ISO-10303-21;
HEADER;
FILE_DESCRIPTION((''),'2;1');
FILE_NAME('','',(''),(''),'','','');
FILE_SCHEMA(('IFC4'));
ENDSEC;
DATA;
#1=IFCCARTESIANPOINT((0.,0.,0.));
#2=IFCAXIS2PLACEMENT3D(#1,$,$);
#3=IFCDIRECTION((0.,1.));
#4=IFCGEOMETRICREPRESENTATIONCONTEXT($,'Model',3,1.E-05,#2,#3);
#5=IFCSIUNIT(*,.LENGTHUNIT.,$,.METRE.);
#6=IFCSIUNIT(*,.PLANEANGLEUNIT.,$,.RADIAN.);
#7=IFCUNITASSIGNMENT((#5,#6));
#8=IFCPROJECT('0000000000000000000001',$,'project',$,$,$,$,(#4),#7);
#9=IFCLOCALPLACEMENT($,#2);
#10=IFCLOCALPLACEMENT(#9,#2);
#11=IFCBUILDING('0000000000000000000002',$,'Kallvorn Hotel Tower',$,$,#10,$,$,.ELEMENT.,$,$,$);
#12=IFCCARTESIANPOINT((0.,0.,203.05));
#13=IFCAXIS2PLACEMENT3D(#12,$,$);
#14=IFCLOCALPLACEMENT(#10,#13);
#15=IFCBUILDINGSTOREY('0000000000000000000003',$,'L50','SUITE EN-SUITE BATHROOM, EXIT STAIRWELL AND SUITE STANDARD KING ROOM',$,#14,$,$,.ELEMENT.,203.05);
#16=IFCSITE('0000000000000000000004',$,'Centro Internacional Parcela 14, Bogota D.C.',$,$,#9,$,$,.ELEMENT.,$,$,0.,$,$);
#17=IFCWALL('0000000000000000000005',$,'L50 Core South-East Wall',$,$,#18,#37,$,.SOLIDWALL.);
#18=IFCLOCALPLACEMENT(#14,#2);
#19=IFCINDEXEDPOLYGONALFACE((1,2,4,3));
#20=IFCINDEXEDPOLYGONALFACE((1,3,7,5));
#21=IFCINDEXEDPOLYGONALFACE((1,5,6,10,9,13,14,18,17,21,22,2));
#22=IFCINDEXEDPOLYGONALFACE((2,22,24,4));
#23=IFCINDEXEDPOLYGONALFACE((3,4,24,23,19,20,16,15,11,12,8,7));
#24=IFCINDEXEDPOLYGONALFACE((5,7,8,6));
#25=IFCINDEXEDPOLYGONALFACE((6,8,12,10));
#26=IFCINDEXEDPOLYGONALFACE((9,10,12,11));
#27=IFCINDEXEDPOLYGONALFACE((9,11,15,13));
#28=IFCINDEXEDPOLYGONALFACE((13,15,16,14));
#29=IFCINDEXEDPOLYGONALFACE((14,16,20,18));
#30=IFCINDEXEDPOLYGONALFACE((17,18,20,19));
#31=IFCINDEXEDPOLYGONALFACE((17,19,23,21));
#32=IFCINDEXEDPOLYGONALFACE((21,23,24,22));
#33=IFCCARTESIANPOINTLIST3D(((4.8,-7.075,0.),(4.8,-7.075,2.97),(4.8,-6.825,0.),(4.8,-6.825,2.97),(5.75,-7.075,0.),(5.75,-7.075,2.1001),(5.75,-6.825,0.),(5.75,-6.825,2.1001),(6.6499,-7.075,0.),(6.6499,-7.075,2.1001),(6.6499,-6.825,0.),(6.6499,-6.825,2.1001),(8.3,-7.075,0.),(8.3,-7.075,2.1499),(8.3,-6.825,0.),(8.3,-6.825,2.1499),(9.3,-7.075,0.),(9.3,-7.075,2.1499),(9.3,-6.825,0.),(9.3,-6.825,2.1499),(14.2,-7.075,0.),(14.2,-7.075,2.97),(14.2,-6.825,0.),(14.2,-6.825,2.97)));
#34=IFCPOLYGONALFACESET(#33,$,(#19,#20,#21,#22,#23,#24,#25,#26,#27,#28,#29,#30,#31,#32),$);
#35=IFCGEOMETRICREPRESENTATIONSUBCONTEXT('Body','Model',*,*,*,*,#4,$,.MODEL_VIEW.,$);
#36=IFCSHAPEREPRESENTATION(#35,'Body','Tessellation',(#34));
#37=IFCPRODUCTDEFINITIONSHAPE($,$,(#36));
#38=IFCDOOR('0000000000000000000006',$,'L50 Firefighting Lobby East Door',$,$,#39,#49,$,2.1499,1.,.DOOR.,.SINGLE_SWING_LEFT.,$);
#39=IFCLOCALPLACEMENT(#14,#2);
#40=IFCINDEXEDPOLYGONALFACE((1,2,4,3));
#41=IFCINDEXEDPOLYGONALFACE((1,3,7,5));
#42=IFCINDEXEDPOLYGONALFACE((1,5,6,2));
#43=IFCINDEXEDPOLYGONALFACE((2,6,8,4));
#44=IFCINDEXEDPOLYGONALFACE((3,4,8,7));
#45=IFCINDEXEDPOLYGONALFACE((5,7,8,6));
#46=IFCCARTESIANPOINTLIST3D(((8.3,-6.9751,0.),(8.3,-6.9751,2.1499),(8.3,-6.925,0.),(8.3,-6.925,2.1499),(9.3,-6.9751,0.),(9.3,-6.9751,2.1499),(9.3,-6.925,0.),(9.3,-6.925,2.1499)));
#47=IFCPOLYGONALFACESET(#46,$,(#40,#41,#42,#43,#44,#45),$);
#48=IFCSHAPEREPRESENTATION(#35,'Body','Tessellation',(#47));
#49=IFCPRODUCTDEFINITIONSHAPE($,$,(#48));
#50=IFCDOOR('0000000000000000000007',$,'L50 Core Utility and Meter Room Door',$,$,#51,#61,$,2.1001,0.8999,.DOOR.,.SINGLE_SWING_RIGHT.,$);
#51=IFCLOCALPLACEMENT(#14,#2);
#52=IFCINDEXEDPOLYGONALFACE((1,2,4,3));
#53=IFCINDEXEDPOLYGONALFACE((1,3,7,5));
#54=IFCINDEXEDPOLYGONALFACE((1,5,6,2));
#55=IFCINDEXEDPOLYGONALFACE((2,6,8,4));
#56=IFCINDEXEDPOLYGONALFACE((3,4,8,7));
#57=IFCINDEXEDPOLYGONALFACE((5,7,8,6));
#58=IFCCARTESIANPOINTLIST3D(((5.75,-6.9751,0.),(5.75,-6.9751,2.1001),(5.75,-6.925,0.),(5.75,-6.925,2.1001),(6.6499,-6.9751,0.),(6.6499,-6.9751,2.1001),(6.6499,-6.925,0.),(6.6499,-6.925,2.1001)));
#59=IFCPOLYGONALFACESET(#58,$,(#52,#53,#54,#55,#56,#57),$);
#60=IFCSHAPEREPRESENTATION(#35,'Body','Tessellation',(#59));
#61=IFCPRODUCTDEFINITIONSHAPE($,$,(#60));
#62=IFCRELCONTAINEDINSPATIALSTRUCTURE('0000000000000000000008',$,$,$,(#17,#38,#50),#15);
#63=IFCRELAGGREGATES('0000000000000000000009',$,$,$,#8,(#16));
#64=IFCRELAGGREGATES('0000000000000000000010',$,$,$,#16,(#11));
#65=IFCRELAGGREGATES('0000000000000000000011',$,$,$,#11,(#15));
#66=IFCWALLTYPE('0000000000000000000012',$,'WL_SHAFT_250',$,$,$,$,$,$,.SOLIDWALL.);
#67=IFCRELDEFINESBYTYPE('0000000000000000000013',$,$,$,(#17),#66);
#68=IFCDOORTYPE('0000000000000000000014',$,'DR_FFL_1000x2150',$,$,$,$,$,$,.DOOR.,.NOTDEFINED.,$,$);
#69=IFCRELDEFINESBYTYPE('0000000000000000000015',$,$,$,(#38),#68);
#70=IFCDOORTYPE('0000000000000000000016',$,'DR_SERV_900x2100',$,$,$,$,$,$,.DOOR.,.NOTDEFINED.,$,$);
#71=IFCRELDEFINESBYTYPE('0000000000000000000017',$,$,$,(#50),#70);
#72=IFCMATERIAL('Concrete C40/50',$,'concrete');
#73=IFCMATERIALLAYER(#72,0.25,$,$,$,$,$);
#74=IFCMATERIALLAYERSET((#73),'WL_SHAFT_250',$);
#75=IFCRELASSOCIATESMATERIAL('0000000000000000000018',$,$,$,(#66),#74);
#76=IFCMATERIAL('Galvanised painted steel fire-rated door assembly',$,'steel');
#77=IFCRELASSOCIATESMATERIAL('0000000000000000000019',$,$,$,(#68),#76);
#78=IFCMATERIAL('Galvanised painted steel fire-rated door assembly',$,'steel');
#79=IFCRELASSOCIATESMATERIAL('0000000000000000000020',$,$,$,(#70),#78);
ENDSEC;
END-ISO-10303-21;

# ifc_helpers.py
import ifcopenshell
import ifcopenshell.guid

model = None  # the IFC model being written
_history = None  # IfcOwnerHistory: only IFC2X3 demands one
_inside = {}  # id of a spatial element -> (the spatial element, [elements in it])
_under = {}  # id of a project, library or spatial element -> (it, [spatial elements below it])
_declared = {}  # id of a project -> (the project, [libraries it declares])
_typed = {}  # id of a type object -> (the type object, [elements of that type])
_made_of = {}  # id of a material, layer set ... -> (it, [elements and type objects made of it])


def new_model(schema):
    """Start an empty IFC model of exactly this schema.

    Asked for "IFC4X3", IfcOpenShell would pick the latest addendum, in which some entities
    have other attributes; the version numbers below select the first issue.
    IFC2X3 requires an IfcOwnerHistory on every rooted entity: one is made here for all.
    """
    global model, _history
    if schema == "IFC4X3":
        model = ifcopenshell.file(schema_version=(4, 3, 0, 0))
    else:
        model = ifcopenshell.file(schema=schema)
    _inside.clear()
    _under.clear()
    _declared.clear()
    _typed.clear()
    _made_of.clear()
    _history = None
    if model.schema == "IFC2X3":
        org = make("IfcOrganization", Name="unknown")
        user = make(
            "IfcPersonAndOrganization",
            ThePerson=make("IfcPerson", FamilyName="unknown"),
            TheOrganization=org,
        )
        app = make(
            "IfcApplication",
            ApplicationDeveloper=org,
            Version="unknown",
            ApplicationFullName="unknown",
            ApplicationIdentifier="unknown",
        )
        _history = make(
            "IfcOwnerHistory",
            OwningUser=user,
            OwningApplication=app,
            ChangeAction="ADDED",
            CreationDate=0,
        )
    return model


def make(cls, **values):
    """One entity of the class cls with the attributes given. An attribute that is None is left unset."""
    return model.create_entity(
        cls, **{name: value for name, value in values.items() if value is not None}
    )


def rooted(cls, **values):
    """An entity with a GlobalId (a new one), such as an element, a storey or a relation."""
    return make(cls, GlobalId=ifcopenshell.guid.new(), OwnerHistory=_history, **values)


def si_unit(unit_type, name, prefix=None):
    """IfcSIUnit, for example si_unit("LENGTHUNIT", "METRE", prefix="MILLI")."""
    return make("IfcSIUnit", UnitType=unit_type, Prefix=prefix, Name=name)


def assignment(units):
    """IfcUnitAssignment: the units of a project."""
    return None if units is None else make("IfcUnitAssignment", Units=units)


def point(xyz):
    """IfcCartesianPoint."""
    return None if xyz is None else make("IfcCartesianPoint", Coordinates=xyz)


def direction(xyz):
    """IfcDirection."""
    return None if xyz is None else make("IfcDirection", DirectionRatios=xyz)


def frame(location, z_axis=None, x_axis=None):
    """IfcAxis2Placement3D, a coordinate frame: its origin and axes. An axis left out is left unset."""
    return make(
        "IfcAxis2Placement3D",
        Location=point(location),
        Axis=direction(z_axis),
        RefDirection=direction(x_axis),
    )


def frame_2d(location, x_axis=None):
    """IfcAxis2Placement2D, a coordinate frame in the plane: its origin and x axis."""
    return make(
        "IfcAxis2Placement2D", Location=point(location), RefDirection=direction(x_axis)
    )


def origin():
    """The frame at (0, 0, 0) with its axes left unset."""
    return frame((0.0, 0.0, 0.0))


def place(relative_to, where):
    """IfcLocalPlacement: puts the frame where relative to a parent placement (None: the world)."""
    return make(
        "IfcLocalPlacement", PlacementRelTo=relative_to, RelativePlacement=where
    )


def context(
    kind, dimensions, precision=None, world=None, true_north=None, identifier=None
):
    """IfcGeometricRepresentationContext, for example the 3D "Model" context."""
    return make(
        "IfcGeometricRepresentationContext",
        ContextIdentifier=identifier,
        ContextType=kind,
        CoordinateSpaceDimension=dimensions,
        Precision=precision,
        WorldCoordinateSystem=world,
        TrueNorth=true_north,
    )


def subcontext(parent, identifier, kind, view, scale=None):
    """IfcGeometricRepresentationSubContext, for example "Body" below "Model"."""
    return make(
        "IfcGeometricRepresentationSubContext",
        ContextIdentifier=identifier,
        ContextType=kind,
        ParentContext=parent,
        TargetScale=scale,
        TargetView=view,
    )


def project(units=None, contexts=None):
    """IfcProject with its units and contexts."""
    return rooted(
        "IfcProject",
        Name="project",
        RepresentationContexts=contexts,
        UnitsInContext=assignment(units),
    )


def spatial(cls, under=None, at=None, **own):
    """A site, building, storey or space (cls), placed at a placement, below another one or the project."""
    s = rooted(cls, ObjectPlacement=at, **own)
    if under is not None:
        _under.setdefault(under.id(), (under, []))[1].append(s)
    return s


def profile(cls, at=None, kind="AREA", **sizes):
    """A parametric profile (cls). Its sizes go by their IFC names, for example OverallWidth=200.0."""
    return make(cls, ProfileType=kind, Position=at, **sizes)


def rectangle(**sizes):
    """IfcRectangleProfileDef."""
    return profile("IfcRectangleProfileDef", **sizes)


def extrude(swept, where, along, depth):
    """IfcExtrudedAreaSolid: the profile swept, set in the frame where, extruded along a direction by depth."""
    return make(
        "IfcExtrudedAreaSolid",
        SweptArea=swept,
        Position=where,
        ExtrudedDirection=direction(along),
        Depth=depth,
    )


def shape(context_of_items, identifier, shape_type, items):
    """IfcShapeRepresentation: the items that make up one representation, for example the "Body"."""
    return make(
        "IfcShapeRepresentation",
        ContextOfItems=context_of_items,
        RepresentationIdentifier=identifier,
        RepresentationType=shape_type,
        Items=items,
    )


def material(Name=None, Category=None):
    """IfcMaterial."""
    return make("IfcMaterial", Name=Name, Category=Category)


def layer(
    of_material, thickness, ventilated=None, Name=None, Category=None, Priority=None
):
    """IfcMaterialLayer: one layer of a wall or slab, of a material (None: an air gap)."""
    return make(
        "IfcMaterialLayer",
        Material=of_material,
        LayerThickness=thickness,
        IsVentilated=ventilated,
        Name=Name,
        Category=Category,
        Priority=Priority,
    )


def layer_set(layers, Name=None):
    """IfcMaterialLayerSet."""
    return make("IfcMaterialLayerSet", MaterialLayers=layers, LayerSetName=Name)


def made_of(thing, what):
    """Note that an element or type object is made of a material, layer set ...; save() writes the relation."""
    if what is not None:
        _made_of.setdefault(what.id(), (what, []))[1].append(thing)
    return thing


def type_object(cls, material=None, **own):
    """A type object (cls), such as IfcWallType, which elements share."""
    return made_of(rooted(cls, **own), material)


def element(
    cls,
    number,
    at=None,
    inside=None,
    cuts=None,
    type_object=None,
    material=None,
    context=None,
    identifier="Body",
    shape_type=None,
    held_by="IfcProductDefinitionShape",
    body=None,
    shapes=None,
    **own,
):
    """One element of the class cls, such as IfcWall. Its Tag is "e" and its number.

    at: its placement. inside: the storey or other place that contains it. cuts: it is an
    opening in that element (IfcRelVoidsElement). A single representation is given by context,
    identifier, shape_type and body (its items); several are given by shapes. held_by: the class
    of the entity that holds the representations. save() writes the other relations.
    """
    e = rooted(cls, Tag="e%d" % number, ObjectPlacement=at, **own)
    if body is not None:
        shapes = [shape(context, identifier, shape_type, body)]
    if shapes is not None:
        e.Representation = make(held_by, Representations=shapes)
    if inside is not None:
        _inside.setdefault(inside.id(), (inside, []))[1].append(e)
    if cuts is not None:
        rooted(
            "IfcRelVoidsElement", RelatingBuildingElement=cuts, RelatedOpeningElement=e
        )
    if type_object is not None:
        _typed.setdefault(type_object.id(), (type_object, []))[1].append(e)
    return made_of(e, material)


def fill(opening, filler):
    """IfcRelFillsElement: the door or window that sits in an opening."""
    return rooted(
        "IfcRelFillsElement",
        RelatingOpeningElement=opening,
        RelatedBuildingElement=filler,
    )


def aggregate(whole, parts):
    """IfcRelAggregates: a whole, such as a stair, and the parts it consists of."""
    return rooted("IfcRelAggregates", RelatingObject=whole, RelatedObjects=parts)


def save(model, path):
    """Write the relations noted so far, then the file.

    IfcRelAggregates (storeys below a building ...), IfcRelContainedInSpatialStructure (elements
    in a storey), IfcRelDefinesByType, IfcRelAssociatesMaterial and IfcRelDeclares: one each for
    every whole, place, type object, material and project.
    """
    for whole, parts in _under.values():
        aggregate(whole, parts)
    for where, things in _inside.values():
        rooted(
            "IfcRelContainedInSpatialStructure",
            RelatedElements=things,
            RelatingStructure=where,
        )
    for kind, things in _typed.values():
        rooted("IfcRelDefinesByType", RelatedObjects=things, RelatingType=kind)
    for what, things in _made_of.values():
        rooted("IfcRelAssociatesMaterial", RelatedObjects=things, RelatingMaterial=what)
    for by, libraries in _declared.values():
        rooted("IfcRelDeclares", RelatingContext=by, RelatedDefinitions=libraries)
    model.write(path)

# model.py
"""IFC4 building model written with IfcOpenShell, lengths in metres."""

from ifc_helpers import new_model, si_unit, direction, frame, frame_2d, origin, place, context, subcontext, project, spatial, rectangle, extrude, material, layer, layer_set, type_object, element, fill, save


model = new_model("IFC4")

# Units and contexts
model_context = context("Model", 3, precision=1e-05, world=origin(), true_north=direction((0.0, 1.0)))
body_context = subcontext(model_context, "Body", "Model", "MODEL_VIEW")
ifc_project = project(units=[si_unit("LENGTHUNIT", "METRE"), si_unit("PLANEANGLEUNIT", "RADIAN")], contexts=[model_context])

# Site, building, storey
site_placement = place(None, origin())
site = spatial("IfcSite", under=ifc_project, at=site_placement, Name="Centro Internacional Parcela 14, Bogota D.C.", CompositionType="ELEMENT", RefElevation=0.0)
building_placement = place(site_placement, origin())
building = spatial("IfcBuilding", under=site, at=building_placement, Name="Kallvorn Hotel Tower", CompositionType="ELEMENT")
storey_placement = place(building_placement, frame((0.0, 0.0, 203.05)))
storey = spatial("IfcBuildingStorey", under=building, at=storey_placement, Name="L50", Description="SUITE EN-SUITE BATHROOM, EXIT STAIRWELL AND SUITE STANDARD KING ROOM", CompositionType="ELEMENT", Elevation=203.05)

# Wall, openings, doors
ifc_material_1 = material(Name="Concrete C40/50", Category="concrete")
ifc_layer_1 = layer(ifc_material_1, 0.25)
ifc_layer_set_1 = layer_set([ifc_layer_1], Name="WL_SHAFT_250")
wall_type_1 = type_object("IfcWallType", Name="WL_SHAFT_250", PredefinedType="SOLIDWALL", material=ifc_layer_set_1)
wall_1_placement = place(storey_placement, frame((4.8, -6.95, 0.0), z_axis=(0.0, 0.0, 1.0), x_axis=(1.0, 0.0, 0.0)))
wall_1 = element("IfcWall", 1, at=wall_1_placement, inside=storey, type_object=wall_type_1, Name="L50 Core South-East Wall", PredefinedType="SOLIDWALL", context=body_context, shape_type="SweptSolid", body=[
    extrude(rectangle(XDim=9.3999, YDim=0.25, at=frame_2d((4.7, 0.0))), origin(), (0.0, 0.0, 1.0), 2.97),
])
opening_1_placement = place(wall_1_placement, frame((3.5, 0.0, 0.0)))
opening_1 = element("IfcOpeningElement", 2, at=opening_1_placement, cuts=wall_1, PredefinedType="OPENING", context=body_context, shape_type="SweptSolid", body=[
    extrude(rectangle(XDim=1.0, YDim=2.1499, at=frame_2d((0.5, 1.075))), frame((0.0, 0.1399, 0.0), z_axis=(0.0, -1.0, 0.0), x_axis=(1.0, 0.0, 0.0)), (0.0, 0.0, 1.0), 0.28),
])
opening_2_placement = place(wall_1_placement, frame((0.95, 0.0, 0.0)))
opening_2 = element("IfcOpeningElement", 3, at=opening_2_placement, cuts=wall_1, PredefinedType="OPENING", context=body_context, shape_type="SweptSolid", body=[
    extrude(rectangle(XDim=0.8999, YDim=2.1001, at=frame_2d((0.45, 1.05))), frame((0.0, 0.1399, 0.0), z_axis=(0.0, -1.0, 0.0), x_axis=(1.0, 0.0, 0.0)), (0.0, 0.0, 1.0), 0.28),
])
ifc_material_2 = material(Name="Galvanised painted steel fire-rated door assembly", Category="steel")
door_type_1 = type_object("IfcDoorType", Name="DR_FFL_1000x2150", OperationType="NOTDEFINED", PredefinedType="DOOR", material=ifc_material_2)
door_1_placement = place(opening_1_placement, origin())
door_1 = element("IfcDoor", 4, at=door_1_placement, inside=storey, type_object=door_type_1, Name="L50 Firefighting Lobby East Door", OperationType="SINGLE_SWING_LEFT", OverallHeight=2.1499, OverallWidth=1.0, PredefinedType="DOOR", context=body_context, shape_type="SweptSolid", body=[
    extrude(rectangle(XDim=1.0, YDim=2.1499, at=frame_2d((0.5, 1.075))), frame((0.0, 0.0249, 0.0), z_axis=(0.0, -1.0, 0.0), x_axis=(1.0, 0.0, 0.0)), (0.0, 0.0, 1.0), 0.05),
])
fill(opening_1, door_1)
ifc_material_3 = material(Name="Galvanised painted steel fire-rated door assembly", Category="steel")
door_type_2 = type_object("IfcDoorType", Name="DR_SERV_900x2100", OperationType="NOTDEFINED", PredefinedType="DOOR", material=ifc_material_3)
door_2_placement = place(opening_2_placement, origin())
door_2 = element("IfcDoor", 5, at=door_2_placement, inside=storey, type_object=door_type_2, Name="L50 Core Utility and Meter Room Door", OperationType="SINGLE_SWING_RIGHT", OverallHeight=2.1001, OverallWidth=0.8999, PredefinedType="DOOR", context=body_context, shape_type="SweptSolid", body=[
    extrude(rectangle(XDim=0.8999, YDim=2.1001, at=frame_2d((0.45, 1.05))), frame((0.0, 0.0249, 0.0), z_axis=(0.0, -1.0, 0.0), x_axis=(1.0, 0.0, 0.0)), (0.0, 0.0, 1.0), 0.05),
])
fill(opening_2, door_2)

save(model, "model.ifc")
